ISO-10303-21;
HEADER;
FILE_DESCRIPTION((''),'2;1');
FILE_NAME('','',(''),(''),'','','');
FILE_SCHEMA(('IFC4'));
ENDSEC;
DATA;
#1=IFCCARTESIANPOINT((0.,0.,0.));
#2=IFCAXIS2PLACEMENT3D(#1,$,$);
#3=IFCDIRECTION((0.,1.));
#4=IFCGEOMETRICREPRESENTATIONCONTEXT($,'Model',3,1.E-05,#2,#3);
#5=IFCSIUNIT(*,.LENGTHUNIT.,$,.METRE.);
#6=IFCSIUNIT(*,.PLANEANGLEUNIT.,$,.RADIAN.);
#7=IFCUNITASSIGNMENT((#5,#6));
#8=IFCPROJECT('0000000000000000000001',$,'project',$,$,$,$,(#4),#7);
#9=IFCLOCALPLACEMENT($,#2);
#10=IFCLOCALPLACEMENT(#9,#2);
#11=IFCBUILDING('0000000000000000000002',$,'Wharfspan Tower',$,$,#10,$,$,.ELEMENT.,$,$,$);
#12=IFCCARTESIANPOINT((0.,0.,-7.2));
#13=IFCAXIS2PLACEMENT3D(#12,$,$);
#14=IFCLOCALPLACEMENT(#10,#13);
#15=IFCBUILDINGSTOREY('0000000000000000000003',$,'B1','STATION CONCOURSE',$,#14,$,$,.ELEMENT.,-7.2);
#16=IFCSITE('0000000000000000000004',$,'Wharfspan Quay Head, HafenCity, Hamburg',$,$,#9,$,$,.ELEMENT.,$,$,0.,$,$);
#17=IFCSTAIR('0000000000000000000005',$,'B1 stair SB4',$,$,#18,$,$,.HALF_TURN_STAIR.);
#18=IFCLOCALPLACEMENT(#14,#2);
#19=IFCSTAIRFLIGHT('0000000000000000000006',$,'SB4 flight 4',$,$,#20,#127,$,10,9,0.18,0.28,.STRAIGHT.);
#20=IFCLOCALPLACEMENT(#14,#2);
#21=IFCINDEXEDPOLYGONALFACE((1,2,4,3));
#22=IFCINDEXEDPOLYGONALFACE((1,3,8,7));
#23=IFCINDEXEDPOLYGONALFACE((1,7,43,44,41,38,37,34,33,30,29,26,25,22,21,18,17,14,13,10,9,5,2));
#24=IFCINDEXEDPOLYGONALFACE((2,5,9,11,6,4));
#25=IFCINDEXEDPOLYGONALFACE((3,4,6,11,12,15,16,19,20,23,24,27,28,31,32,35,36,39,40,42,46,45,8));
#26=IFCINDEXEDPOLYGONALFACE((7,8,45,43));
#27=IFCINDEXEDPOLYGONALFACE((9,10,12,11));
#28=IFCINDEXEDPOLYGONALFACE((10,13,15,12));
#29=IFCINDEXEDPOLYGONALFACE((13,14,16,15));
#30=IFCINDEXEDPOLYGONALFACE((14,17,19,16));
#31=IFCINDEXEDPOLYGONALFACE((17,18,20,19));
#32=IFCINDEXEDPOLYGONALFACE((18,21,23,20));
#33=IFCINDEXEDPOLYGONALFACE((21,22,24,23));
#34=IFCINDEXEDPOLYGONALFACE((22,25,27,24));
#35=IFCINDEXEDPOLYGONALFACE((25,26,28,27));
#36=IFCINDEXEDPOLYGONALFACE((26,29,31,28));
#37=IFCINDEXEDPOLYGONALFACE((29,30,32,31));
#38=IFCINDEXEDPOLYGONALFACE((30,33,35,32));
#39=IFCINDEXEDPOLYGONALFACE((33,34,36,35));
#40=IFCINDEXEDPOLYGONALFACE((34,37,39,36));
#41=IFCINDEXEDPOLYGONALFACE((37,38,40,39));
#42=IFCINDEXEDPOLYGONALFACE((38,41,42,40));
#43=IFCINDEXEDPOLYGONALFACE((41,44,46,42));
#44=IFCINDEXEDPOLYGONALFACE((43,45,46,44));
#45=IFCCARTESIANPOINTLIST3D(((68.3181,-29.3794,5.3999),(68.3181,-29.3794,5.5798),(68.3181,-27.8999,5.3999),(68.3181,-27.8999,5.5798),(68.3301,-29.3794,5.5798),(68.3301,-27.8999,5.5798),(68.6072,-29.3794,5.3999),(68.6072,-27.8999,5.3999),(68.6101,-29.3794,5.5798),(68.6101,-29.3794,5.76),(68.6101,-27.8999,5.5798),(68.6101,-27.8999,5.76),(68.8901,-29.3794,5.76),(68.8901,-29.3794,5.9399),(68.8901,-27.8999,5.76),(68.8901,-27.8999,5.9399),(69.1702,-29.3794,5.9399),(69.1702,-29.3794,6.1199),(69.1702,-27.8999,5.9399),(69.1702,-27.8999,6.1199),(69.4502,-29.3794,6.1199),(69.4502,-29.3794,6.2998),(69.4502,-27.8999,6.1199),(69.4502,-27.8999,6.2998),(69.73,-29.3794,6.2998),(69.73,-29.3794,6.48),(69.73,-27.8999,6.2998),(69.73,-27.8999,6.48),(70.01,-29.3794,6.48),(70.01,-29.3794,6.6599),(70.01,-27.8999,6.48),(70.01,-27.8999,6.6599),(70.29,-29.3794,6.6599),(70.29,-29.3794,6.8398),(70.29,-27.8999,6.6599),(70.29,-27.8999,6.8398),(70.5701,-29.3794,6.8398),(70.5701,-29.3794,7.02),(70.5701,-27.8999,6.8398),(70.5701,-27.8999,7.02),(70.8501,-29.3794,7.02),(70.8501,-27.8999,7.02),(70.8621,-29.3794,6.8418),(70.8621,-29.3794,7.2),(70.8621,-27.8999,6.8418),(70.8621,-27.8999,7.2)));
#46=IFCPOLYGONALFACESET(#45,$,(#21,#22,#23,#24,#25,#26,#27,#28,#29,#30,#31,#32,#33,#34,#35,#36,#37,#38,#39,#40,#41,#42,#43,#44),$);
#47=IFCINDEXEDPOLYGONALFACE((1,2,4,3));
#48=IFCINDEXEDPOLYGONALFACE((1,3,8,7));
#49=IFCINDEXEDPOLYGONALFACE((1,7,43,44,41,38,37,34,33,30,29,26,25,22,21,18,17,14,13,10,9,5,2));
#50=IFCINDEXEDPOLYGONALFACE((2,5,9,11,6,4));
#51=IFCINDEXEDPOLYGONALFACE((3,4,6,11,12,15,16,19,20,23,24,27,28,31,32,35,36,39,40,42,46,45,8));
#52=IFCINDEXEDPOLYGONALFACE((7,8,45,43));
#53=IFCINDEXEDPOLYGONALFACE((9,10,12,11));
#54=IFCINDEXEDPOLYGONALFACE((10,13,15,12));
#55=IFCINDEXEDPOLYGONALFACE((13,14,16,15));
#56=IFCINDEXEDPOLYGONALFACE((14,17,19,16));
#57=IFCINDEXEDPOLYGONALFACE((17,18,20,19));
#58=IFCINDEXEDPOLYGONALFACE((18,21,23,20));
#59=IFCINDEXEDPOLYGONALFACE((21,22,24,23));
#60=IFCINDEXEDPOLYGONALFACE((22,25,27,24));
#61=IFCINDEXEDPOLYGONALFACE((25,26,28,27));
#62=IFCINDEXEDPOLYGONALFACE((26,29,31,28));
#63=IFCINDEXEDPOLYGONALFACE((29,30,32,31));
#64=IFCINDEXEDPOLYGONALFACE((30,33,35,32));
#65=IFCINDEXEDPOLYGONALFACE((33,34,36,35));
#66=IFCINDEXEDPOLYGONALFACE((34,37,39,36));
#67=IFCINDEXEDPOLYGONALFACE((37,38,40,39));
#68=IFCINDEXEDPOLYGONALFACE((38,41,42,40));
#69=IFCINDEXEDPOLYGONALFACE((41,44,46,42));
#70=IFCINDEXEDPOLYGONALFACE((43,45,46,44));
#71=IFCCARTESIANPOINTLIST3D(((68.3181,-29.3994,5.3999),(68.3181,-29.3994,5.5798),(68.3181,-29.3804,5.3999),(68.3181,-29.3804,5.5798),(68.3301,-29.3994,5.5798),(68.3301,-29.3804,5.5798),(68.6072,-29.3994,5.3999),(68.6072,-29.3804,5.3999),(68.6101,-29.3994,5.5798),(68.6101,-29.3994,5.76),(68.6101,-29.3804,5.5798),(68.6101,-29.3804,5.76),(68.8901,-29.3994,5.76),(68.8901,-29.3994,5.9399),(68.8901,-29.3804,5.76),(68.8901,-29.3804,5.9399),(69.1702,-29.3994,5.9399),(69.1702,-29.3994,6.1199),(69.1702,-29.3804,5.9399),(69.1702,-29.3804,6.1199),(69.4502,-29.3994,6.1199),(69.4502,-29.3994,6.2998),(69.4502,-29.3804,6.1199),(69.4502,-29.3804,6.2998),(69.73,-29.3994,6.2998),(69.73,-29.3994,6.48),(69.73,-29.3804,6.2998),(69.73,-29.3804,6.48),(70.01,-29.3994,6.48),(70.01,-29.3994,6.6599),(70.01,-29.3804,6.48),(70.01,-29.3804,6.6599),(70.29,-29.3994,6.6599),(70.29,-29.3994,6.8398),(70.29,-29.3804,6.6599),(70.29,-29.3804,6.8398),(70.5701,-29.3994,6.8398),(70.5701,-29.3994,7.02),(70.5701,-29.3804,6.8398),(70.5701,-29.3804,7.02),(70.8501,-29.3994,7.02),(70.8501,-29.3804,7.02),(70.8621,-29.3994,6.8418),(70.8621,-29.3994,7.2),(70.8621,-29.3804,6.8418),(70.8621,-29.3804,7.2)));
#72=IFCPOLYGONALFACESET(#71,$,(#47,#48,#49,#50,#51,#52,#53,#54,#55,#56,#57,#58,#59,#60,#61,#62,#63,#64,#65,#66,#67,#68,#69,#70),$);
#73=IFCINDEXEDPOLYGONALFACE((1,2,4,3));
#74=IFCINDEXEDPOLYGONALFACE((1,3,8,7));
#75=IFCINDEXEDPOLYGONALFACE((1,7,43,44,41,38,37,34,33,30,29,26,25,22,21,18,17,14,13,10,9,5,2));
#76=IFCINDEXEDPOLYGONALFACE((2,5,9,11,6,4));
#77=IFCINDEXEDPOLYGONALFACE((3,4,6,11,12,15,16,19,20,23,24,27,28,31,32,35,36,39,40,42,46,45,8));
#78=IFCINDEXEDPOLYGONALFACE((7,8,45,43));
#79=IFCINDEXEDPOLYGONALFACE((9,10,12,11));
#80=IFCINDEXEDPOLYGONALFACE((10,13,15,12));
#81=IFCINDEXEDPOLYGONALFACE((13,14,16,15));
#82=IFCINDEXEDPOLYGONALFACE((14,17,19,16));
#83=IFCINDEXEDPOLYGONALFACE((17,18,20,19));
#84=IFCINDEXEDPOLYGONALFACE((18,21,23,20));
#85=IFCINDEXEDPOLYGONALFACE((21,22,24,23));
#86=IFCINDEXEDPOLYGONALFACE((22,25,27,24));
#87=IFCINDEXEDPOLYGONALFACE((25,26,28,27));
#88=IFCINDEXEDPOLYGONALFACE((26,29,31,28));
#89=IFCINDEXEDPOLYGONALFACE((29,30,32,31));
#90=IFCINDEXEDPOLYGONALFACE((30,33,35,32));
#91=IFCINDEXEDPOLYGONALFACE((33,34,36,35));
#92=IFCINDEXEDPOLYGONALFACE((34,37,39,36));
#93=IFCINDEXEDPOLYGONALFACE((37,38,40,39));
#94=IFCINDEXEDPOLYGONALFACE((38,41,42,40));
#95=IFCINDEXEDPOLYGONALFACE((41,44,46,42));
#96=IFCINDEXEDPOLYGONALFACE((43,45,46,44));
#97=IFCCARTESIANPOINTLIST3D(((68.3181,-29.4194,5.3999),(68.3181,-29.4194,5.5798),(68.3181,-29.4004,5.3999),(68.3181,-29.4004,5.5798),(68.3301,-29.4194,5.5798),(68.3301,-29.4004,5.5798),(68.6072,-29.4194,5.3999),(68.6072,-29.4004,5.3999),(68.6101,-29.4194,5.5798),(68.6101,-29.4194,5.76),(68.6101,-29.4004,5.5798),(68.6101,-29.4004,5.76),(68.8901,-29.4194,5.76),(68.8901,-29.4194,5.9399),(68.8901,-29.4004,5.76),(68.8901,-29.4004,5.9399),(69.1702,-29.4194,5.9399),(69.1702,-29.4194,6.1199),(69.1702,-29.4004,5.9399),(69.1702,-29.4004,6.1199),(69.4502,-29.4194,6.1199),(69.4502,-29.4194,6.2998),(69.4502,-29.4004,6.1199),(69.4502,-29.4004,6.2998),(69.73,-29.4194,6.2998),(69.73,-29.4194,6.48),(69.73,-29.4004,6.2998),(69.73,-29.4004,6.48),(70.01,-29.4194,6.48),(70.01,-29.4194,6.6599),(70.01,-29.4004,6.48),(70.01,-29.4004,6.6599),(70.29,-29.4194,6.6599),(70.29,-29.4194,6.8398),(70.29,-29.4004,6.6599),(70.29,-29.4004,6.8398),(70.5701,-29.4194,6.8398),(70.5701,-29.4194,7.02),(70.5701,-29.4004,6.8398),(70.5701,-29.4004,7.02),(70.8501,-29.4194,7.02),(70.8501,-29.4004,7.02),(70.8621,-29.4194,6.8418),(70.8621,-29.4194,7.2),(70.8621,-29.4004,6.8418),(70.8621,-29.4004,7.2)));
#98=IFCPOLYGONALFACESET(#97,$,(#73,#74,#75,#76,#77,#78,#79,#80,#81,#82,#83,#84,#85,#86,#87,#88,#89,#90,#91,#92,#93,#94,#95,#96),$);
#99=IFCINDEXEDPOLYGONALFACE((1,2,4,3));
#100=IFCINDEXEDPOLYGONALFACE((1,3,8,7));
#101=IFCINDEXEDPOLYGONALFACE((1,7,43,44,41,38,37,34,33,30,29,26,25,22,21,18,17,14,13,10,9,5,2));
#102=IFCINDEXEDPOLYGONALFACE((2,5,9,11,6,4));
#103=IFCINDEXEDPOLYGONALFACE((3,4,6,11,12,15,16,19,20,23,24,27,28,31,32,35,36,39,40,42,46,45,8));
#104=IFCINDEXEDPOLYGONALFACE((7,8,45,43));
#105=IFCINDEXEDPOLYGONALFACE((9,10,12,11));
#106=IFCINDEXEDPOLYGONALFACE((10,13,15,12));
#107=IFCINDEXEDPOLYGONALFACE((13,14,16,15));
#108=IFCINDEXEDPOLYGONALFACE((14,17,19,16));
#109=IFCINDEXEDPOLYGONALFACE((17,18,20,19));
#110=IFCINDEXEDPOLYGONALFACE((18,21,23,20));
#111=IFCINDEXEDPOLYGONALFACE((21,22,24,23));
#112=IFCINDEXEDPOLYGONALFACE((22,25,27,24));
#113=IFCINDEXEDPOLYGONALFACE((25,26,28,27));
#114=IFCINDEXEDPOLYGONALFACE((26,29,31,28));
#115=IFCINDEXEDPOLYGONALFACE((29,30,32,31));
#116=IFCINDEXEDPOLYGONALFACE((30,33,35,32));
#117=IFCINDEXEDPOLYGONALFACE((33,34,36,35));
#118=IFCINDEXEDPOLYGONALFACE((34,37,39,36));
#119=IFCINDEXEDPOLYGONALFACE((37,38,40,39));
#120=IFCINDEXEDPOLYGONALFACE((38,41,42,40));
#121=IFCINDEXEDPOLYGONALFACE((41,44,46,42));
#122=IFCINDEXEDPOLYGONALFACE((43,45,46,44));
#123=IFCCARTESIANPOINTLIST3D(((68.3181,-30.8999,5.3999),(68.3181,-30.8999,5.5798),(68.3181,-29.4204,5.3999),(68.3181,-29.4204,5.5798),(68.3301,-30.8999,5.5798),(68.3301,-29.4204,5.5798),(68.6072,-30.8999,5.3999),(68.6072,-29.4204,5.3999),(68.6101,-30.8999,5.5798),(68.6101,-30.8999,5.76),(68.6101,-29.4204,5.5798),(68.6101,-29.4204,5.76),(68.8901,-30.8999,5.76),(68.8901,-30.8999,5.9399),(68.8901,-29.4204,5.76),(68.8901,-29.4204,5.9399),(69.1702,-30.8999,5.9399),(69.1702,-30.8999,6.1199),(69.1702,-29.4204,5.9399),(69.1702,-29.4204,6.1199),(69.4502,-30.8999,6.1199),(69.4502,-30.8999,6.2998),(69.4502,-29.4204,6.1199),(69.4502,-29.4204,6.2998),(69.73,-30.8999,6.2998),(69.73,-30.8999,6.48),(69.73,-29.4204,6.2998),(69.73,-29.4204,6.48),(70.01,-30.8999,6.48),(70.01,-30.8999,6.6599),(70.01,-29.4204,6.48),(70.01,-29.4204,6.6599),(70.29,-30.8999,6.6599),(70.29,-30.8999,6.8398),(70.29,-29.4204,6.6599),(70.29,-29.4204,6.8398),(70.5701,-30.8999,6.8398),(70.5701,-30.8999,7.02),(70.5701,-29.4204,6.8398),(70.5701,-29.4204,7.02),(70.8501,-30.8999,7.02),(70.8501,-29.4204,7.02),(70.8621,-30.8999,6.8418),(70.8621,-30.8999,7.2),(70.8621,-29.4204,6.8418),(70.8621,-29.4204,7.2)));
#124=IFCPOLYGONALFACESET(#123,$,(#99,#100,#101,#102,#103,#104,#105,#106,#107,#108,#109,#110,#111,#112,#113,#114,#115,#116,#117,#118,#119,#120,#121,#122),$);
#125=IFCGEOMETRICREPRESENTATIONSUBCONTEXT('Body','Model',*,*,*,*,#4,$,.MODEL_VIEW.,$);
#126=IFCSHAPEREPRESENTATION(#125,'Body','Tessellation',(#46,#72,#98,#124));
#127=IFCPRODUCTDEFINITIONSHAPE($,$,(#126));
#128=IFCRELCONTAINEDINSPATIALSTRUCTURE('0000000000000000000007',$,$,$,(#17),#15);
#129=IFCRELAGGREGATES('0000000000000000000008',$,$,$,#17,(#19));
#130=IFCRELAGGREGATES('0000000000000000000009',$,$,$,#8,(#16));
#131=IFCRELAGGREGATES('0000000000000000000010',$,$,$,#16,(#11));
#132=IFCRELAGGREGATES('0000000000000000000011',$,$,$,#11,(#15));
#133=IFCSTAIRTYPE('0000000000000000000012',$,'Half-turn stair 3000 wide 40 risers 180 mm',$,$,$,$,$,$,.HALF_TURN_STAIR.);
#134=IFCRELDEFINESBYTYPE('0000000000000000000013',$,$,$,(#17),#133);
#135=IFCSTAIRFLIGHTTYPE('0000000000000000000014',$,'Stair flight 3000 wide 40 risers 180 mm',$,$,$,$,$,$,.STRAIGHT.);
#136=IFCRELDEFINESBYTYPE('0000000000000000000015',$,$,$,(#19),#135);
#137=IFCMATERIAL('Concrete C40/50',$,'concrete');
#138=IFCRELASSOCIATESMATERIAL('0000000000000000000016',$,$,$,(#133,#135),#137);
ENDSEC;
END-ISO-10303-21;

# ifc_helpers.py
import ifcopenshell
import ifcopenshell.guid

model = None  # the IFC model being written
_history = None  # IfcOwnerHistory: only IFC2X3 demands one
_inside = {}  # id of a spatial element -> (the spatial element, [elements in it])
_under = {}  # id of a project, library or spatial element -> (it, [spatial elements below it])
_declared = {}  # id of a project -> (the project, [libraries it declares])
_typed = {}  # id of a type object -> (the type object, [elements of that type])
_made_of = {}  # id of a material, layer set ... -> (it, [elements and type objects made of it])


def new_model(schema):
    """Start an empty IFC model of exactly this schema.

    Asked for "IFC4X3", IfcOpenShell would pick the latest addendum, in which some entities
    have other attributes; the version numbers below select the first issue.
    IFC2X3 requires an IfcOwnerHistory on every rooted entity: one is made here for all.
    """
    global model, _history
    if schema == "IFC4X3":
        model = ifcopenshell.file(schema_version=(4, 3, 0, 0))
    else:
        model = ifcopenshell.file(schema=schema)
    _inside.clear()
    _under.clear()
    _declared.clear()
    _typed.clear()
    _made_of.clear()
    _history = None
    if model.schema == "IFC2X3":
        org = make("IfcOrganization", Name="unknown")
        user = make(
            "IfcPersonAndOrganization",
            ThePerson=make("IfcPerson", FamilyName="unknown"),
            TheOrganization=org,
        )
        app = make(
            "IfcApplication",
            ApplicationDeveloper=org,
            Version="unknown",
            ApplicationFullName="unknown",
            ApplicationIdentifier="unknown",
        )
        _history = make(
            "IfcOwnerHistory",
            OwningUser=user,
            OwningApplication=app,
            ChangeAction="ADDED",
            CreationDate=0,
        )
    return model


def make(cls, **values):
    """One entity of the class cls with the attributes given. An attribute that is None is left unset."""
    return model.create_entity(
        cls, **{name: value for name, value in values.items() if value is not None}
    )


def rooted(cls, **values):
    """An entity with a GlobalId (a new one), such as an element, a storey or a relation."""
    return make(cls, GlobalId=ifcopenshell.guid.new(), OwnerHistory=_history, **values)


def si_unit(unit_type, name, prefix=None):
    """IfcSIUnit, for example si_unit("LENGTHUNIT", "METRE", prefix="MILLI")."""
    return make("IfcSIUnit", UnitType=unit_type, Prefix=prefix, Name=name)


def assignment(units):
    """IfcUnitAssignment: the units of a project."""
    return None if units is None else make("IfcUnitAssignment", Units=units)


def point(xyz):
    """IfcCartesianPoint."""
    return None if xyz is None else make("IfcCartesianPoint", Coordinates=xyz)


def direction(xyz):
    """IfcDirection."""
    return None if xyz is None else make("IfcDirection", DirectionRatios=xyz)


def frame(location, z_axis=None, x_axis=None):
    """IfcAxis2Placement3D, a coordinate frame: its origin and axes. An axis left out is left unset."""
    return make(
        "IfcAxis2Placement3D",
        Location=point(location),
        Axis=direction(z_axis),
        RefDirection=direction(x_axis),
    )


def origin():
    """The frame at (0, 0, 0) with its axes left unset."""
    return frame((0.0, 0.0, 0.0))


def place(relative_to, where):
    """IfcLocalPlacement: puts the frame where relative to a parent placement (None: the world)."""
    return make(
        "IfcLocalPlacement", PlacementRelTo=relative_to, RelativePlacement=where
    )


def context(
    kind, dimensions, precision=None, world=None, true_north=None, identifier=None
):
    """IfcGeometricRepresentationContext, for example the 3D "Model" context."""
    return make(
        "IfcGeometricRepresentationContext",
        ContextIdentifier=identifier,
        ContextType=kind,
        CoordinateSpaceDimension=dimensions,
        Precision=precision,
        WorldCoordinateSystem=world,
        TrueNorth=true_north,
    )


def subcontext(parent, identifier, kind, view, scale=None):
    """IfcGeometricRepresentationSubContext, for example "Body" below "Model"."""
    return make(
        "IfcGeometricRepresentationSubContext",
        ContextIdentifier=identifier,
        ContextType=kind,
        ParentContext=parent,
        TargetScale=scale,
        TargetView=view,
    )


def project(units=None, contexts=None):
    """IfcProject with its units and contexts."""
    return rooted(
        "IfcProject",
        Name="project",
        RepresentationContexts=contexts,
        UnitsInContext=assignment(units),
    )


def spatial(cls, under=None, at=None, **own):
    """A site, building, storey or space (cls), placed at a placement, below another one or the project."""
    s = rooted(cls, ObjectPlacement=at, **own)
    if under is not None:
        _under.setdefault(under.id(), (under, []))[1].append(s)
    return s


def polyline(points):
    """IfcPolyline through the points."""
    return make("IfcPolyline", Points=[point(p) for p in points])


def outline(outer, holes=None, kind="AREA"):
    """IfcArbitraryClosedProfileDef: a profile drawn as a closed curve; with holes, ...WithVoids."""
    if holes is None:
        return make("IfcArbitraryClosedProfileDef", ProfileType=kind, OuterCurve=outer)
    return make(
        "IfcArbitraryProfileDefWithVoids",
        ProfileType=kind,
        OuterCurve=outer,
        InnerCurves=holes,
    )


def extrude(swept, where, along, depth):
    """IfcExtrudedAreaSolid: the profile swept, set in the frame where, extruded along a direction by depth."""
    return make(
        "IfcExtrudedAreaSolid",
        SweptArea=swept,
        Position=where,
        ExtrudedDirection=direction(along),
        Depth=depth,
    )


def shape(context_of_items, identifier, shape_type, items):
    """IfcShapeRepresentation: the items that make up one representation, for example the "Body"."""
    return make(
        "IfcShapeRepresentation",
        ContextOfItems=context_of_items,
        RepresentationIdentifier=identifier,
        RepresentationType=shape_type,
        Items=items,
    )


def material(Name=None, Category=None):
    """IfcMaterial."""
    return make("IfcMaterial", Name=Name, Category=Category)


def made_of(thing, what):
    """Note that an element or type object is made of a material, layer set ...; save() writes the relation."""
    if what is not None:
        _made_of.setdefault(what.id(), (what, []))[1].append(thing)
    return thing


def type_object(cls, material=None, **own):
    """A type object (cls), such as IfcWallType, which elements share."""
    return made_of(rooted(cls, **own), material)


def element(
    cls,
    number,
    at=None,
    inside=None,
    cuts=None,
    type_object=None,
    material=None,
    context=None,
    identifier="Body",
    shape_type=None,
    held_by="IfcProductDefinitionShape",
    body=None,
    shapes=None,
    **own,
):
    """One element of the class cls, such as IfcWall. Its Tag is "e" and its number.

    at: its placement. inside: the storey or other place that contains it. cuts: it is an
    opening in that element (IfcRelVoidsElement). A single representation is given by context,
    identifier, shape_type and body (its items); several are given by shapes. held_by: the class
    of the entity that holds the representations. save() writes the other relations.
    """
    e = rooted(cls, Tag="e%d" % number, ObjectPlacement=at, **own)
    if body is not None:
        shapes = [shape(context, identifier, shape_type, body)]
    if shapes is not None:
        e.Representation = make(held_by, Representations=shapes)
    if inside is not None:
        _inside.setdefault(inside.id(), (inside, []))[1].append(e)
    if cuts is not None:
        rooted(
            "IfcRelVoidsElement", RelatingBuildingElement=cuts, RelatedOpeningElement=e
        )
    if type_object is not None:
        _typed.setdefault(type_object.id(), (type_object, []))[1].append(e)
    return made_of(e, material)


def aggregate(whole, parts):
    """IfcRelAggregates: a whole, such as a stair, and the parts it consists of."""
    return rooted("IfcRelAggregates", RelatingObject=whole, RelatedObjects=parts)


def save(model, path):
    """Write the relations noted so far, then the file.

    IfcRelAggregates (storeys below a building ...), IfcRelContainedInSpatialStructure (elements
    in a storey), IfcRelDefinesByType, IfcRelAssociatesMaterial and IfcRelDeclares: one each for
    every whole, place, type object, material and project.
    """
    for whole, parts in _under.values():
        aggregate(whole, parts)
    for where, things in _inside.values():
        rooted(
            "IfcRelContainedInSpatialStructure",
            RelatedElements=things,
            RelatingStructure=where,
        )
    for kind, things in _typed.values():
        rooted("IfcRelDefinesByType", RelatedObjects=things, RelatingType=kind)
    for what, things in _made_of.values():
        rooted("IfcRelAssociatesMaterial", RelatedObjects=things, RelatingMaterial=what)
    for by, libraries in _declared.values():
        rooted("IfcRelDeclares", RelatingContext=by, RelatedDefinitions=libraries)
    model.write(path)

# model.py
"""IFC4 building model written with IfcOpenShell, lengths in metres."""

from ifc_helpers import new_model, si_unit, direction, frame, origin, place, context, subcontext, project, spatial, polyline, outline, extrude, material, type_object, element, aggregate, save


model = new_model("IFC4")

# Units and contexts
model_context = context("Model", 3, precision=1e-05, world=origin(), true_north=direction((0.0, 1.0)))
body_context = subcontext(model_context, "Body", "Model", "MODEL_VIEW")
ifc_project = project(units=[si_unit("LENGTHUNIT", "METRE"), si_unit("PLANEANGLEUNIT", "RADIAN")], contexts=[model_context])

# Site, building, storey
site_placement = place(None, origin())
site = spatial("IfcSite", under=ifc_project, at=site_placement, Name="Wharfspan Quay Head, HafenCity, Hamburg", CompositionType="ELEMENT", RefElevation=0.0)
building_placement = place(site_placement, origin())
building = spatial("IfcBuilding", under=site, at=building_placement, Name="Wharfspan Tower", CompositionType="ELEMENT")
storey_placement = place(building_placement, frame((0.0, 0.0, -7.2)))
storey = spatial("IfcBuildingStorey", under=building, at=storey_placement, Name="B1", Description="STATION CONCOURSE", CompositionType="ELEMENT", Elevation=-7.2)

# Shared definitions
ifc_material_1 = material(Name="Concrete C40/50", Category="concrete")

# Stair, stair flight
stair_type = type_object("IfcStairType", Name="Half-turn stair 3000 wide 40 risers 180 mm", PredefinedType="HALF_TURN_STAIR", material=ifc_material_1)
stair_placement = place(storey_placement, origin())
stair = element("IfcStair", 1, at=stair_placement, inside=storey, type_object=stair_type, Name="B1 stair SB4", PredefinedType="HALF_TURN_STAIR")
stair_flight_type = type_object("IfcStairFlightType", Name="Stair flight 3000 wide 40 risers 180 mm", PredefinedType="STRAIGHT", material=ifc_material_1)
stair_flight_1_placement = place(storey_placement, frame((68.3301, -29.3999, 5.3999), z_axis=(0.0, 0.0, 1.0), x_axis=(1.0, 0.0, 0.0)))
stair_flight_1 = element("IfcStairFlight", 2, at=stair_flight_1_placement, type_object=stair_flight_type, Name="SB4 flight 4", NumberOfRisers=10, NumberOfTreads=9, PredefinedType="STRAIGHT", RiserHeight=0.18, TreadLength=0.28, context=body_context, shape_type="SweptSolid", body=[
    extrude(outline(polyline([(-0.012, 0.0), (-0.012, 0.1799), (0.0, 0.1799), (0.28, 0.1799), (0.28, 0.3601), (0.5601, 0.3601), (0.5601, 0.54), (0.8401, 0.54), (0.8401, 0.72), (1.1201, 0.72), (1.1201, 0.8999), (1.3999, 0.8999), (1.3999, 1.0801), (1.6799, 1.0801), (1.6799, 1.26), (1.96, 1.26), (1.96, 1.4399), (2.24, 1.4399), (2.24, 1.6201), (2.52, 1.6201), (2.532, 1.8), (2.532, 1.4419), (0.2771, 0.0), (-0.012, 0.0)])), frame((0.0, 1.5, 0.0), z_axis=(0.0, -1.0, 0.0), x_axis=(1.0, 0.0, 0.0)), (0.0, 0.0, 1.0), 1.4795),
    extrude(outline(polyline([(-0.012, 0.0), (-0.012, 0.1799), (0.0, 0.1799), (0.28, 0.1799), (0.28, 0.3601), (0.5601, 0.3601), (0.5601, 0.54), (0.8401, 0.54), (0.8401, 0.72), (1.1201, 0.72), (1.1201, 0.8999), (1.3999, 0.8999), (1.3999, 1.0801), (1.6799, 1.0801), (1.6799, 1.26), (1.96, 1.26), (1.96, 1.4399), (2.24, 1.4399), (2.24, 1.6201), (2.52, 1.6201), (2.532, 1.8), (2.532, 1.4419), (0.2771, 0.0), (-0.012, 0.0)])), frame((0.0, 0.0195, 0.0), z_axis=(0.0, -1.0, 0.0), x_axis=(1.0, 0.0, 0.0)), (0.0, 0.0, 1.0), 0.019),
    extrude(outline(polyline([(-0.012, 0.0), (-0.012, 0.1799), (0.0, 0.1799), (0.28, 0.1799), (0.28, 0.3601), (0.5601, 0.3601), (0.5601, 0.54), (0.8401, 0.54), (0.8401, 0.72), (1.1201, 0.72), (1.1201, 0.8999), (1.3999, 0.8999), (1.3999, 1.0801), (1.6799, 1.0801), (1.6799, 1.26), (1.96, 1.26), (1.96, 1.4399), (2.24, 1.4399), (2.24, 1.6201), (2.52, 1.6201), (2.532, 1.8), (2.532, 1.4419), (0.2771, 0.0), (-0.012, 0.0)])), frame((0.0, -0.0005, 0.0), z_axis=(0.0, -1.0, 0.0), x_axis=(1.0, 0.0, 0.0)), (0.0, 0.0, 1.0), 0.019),
    extrude(outline(polyline([(-0.012, 0.0), (-0.012, 0.1799), (0.0, 0.1799), (0.28, 0.1799), (0.28, 0.3601), (0.5601, 0.3601), (0.5601, 0.54), (0.8401, 0.54), (0.8401, 0.72), (1.1201, 0.72), (1.1201, 0.8999), (1.3999, 0.8999), (1.3999, 1.0801), (1.6799, 1.0801), (1.6799, 1.26), (1.96, 1.26), (1.96, 1.4399), (2.24, 1.4399), (2.24, 1.6201), (2.52, 1.6201), (2.532, 1.8), (2.532, 1.4419), (0.2771, 0.0), (-0.012, 0.0)])), frame((0.0, -0.0205, 0.0), z_axis=(0.0, -1.0, 0.0), x_axis=(1.0, 0.0, 0.0)), (0.0, 0.0, 1.0), 1.4795),
])
aggregate(stair, [stair_flight_1])

save(model, "model.ifc")
